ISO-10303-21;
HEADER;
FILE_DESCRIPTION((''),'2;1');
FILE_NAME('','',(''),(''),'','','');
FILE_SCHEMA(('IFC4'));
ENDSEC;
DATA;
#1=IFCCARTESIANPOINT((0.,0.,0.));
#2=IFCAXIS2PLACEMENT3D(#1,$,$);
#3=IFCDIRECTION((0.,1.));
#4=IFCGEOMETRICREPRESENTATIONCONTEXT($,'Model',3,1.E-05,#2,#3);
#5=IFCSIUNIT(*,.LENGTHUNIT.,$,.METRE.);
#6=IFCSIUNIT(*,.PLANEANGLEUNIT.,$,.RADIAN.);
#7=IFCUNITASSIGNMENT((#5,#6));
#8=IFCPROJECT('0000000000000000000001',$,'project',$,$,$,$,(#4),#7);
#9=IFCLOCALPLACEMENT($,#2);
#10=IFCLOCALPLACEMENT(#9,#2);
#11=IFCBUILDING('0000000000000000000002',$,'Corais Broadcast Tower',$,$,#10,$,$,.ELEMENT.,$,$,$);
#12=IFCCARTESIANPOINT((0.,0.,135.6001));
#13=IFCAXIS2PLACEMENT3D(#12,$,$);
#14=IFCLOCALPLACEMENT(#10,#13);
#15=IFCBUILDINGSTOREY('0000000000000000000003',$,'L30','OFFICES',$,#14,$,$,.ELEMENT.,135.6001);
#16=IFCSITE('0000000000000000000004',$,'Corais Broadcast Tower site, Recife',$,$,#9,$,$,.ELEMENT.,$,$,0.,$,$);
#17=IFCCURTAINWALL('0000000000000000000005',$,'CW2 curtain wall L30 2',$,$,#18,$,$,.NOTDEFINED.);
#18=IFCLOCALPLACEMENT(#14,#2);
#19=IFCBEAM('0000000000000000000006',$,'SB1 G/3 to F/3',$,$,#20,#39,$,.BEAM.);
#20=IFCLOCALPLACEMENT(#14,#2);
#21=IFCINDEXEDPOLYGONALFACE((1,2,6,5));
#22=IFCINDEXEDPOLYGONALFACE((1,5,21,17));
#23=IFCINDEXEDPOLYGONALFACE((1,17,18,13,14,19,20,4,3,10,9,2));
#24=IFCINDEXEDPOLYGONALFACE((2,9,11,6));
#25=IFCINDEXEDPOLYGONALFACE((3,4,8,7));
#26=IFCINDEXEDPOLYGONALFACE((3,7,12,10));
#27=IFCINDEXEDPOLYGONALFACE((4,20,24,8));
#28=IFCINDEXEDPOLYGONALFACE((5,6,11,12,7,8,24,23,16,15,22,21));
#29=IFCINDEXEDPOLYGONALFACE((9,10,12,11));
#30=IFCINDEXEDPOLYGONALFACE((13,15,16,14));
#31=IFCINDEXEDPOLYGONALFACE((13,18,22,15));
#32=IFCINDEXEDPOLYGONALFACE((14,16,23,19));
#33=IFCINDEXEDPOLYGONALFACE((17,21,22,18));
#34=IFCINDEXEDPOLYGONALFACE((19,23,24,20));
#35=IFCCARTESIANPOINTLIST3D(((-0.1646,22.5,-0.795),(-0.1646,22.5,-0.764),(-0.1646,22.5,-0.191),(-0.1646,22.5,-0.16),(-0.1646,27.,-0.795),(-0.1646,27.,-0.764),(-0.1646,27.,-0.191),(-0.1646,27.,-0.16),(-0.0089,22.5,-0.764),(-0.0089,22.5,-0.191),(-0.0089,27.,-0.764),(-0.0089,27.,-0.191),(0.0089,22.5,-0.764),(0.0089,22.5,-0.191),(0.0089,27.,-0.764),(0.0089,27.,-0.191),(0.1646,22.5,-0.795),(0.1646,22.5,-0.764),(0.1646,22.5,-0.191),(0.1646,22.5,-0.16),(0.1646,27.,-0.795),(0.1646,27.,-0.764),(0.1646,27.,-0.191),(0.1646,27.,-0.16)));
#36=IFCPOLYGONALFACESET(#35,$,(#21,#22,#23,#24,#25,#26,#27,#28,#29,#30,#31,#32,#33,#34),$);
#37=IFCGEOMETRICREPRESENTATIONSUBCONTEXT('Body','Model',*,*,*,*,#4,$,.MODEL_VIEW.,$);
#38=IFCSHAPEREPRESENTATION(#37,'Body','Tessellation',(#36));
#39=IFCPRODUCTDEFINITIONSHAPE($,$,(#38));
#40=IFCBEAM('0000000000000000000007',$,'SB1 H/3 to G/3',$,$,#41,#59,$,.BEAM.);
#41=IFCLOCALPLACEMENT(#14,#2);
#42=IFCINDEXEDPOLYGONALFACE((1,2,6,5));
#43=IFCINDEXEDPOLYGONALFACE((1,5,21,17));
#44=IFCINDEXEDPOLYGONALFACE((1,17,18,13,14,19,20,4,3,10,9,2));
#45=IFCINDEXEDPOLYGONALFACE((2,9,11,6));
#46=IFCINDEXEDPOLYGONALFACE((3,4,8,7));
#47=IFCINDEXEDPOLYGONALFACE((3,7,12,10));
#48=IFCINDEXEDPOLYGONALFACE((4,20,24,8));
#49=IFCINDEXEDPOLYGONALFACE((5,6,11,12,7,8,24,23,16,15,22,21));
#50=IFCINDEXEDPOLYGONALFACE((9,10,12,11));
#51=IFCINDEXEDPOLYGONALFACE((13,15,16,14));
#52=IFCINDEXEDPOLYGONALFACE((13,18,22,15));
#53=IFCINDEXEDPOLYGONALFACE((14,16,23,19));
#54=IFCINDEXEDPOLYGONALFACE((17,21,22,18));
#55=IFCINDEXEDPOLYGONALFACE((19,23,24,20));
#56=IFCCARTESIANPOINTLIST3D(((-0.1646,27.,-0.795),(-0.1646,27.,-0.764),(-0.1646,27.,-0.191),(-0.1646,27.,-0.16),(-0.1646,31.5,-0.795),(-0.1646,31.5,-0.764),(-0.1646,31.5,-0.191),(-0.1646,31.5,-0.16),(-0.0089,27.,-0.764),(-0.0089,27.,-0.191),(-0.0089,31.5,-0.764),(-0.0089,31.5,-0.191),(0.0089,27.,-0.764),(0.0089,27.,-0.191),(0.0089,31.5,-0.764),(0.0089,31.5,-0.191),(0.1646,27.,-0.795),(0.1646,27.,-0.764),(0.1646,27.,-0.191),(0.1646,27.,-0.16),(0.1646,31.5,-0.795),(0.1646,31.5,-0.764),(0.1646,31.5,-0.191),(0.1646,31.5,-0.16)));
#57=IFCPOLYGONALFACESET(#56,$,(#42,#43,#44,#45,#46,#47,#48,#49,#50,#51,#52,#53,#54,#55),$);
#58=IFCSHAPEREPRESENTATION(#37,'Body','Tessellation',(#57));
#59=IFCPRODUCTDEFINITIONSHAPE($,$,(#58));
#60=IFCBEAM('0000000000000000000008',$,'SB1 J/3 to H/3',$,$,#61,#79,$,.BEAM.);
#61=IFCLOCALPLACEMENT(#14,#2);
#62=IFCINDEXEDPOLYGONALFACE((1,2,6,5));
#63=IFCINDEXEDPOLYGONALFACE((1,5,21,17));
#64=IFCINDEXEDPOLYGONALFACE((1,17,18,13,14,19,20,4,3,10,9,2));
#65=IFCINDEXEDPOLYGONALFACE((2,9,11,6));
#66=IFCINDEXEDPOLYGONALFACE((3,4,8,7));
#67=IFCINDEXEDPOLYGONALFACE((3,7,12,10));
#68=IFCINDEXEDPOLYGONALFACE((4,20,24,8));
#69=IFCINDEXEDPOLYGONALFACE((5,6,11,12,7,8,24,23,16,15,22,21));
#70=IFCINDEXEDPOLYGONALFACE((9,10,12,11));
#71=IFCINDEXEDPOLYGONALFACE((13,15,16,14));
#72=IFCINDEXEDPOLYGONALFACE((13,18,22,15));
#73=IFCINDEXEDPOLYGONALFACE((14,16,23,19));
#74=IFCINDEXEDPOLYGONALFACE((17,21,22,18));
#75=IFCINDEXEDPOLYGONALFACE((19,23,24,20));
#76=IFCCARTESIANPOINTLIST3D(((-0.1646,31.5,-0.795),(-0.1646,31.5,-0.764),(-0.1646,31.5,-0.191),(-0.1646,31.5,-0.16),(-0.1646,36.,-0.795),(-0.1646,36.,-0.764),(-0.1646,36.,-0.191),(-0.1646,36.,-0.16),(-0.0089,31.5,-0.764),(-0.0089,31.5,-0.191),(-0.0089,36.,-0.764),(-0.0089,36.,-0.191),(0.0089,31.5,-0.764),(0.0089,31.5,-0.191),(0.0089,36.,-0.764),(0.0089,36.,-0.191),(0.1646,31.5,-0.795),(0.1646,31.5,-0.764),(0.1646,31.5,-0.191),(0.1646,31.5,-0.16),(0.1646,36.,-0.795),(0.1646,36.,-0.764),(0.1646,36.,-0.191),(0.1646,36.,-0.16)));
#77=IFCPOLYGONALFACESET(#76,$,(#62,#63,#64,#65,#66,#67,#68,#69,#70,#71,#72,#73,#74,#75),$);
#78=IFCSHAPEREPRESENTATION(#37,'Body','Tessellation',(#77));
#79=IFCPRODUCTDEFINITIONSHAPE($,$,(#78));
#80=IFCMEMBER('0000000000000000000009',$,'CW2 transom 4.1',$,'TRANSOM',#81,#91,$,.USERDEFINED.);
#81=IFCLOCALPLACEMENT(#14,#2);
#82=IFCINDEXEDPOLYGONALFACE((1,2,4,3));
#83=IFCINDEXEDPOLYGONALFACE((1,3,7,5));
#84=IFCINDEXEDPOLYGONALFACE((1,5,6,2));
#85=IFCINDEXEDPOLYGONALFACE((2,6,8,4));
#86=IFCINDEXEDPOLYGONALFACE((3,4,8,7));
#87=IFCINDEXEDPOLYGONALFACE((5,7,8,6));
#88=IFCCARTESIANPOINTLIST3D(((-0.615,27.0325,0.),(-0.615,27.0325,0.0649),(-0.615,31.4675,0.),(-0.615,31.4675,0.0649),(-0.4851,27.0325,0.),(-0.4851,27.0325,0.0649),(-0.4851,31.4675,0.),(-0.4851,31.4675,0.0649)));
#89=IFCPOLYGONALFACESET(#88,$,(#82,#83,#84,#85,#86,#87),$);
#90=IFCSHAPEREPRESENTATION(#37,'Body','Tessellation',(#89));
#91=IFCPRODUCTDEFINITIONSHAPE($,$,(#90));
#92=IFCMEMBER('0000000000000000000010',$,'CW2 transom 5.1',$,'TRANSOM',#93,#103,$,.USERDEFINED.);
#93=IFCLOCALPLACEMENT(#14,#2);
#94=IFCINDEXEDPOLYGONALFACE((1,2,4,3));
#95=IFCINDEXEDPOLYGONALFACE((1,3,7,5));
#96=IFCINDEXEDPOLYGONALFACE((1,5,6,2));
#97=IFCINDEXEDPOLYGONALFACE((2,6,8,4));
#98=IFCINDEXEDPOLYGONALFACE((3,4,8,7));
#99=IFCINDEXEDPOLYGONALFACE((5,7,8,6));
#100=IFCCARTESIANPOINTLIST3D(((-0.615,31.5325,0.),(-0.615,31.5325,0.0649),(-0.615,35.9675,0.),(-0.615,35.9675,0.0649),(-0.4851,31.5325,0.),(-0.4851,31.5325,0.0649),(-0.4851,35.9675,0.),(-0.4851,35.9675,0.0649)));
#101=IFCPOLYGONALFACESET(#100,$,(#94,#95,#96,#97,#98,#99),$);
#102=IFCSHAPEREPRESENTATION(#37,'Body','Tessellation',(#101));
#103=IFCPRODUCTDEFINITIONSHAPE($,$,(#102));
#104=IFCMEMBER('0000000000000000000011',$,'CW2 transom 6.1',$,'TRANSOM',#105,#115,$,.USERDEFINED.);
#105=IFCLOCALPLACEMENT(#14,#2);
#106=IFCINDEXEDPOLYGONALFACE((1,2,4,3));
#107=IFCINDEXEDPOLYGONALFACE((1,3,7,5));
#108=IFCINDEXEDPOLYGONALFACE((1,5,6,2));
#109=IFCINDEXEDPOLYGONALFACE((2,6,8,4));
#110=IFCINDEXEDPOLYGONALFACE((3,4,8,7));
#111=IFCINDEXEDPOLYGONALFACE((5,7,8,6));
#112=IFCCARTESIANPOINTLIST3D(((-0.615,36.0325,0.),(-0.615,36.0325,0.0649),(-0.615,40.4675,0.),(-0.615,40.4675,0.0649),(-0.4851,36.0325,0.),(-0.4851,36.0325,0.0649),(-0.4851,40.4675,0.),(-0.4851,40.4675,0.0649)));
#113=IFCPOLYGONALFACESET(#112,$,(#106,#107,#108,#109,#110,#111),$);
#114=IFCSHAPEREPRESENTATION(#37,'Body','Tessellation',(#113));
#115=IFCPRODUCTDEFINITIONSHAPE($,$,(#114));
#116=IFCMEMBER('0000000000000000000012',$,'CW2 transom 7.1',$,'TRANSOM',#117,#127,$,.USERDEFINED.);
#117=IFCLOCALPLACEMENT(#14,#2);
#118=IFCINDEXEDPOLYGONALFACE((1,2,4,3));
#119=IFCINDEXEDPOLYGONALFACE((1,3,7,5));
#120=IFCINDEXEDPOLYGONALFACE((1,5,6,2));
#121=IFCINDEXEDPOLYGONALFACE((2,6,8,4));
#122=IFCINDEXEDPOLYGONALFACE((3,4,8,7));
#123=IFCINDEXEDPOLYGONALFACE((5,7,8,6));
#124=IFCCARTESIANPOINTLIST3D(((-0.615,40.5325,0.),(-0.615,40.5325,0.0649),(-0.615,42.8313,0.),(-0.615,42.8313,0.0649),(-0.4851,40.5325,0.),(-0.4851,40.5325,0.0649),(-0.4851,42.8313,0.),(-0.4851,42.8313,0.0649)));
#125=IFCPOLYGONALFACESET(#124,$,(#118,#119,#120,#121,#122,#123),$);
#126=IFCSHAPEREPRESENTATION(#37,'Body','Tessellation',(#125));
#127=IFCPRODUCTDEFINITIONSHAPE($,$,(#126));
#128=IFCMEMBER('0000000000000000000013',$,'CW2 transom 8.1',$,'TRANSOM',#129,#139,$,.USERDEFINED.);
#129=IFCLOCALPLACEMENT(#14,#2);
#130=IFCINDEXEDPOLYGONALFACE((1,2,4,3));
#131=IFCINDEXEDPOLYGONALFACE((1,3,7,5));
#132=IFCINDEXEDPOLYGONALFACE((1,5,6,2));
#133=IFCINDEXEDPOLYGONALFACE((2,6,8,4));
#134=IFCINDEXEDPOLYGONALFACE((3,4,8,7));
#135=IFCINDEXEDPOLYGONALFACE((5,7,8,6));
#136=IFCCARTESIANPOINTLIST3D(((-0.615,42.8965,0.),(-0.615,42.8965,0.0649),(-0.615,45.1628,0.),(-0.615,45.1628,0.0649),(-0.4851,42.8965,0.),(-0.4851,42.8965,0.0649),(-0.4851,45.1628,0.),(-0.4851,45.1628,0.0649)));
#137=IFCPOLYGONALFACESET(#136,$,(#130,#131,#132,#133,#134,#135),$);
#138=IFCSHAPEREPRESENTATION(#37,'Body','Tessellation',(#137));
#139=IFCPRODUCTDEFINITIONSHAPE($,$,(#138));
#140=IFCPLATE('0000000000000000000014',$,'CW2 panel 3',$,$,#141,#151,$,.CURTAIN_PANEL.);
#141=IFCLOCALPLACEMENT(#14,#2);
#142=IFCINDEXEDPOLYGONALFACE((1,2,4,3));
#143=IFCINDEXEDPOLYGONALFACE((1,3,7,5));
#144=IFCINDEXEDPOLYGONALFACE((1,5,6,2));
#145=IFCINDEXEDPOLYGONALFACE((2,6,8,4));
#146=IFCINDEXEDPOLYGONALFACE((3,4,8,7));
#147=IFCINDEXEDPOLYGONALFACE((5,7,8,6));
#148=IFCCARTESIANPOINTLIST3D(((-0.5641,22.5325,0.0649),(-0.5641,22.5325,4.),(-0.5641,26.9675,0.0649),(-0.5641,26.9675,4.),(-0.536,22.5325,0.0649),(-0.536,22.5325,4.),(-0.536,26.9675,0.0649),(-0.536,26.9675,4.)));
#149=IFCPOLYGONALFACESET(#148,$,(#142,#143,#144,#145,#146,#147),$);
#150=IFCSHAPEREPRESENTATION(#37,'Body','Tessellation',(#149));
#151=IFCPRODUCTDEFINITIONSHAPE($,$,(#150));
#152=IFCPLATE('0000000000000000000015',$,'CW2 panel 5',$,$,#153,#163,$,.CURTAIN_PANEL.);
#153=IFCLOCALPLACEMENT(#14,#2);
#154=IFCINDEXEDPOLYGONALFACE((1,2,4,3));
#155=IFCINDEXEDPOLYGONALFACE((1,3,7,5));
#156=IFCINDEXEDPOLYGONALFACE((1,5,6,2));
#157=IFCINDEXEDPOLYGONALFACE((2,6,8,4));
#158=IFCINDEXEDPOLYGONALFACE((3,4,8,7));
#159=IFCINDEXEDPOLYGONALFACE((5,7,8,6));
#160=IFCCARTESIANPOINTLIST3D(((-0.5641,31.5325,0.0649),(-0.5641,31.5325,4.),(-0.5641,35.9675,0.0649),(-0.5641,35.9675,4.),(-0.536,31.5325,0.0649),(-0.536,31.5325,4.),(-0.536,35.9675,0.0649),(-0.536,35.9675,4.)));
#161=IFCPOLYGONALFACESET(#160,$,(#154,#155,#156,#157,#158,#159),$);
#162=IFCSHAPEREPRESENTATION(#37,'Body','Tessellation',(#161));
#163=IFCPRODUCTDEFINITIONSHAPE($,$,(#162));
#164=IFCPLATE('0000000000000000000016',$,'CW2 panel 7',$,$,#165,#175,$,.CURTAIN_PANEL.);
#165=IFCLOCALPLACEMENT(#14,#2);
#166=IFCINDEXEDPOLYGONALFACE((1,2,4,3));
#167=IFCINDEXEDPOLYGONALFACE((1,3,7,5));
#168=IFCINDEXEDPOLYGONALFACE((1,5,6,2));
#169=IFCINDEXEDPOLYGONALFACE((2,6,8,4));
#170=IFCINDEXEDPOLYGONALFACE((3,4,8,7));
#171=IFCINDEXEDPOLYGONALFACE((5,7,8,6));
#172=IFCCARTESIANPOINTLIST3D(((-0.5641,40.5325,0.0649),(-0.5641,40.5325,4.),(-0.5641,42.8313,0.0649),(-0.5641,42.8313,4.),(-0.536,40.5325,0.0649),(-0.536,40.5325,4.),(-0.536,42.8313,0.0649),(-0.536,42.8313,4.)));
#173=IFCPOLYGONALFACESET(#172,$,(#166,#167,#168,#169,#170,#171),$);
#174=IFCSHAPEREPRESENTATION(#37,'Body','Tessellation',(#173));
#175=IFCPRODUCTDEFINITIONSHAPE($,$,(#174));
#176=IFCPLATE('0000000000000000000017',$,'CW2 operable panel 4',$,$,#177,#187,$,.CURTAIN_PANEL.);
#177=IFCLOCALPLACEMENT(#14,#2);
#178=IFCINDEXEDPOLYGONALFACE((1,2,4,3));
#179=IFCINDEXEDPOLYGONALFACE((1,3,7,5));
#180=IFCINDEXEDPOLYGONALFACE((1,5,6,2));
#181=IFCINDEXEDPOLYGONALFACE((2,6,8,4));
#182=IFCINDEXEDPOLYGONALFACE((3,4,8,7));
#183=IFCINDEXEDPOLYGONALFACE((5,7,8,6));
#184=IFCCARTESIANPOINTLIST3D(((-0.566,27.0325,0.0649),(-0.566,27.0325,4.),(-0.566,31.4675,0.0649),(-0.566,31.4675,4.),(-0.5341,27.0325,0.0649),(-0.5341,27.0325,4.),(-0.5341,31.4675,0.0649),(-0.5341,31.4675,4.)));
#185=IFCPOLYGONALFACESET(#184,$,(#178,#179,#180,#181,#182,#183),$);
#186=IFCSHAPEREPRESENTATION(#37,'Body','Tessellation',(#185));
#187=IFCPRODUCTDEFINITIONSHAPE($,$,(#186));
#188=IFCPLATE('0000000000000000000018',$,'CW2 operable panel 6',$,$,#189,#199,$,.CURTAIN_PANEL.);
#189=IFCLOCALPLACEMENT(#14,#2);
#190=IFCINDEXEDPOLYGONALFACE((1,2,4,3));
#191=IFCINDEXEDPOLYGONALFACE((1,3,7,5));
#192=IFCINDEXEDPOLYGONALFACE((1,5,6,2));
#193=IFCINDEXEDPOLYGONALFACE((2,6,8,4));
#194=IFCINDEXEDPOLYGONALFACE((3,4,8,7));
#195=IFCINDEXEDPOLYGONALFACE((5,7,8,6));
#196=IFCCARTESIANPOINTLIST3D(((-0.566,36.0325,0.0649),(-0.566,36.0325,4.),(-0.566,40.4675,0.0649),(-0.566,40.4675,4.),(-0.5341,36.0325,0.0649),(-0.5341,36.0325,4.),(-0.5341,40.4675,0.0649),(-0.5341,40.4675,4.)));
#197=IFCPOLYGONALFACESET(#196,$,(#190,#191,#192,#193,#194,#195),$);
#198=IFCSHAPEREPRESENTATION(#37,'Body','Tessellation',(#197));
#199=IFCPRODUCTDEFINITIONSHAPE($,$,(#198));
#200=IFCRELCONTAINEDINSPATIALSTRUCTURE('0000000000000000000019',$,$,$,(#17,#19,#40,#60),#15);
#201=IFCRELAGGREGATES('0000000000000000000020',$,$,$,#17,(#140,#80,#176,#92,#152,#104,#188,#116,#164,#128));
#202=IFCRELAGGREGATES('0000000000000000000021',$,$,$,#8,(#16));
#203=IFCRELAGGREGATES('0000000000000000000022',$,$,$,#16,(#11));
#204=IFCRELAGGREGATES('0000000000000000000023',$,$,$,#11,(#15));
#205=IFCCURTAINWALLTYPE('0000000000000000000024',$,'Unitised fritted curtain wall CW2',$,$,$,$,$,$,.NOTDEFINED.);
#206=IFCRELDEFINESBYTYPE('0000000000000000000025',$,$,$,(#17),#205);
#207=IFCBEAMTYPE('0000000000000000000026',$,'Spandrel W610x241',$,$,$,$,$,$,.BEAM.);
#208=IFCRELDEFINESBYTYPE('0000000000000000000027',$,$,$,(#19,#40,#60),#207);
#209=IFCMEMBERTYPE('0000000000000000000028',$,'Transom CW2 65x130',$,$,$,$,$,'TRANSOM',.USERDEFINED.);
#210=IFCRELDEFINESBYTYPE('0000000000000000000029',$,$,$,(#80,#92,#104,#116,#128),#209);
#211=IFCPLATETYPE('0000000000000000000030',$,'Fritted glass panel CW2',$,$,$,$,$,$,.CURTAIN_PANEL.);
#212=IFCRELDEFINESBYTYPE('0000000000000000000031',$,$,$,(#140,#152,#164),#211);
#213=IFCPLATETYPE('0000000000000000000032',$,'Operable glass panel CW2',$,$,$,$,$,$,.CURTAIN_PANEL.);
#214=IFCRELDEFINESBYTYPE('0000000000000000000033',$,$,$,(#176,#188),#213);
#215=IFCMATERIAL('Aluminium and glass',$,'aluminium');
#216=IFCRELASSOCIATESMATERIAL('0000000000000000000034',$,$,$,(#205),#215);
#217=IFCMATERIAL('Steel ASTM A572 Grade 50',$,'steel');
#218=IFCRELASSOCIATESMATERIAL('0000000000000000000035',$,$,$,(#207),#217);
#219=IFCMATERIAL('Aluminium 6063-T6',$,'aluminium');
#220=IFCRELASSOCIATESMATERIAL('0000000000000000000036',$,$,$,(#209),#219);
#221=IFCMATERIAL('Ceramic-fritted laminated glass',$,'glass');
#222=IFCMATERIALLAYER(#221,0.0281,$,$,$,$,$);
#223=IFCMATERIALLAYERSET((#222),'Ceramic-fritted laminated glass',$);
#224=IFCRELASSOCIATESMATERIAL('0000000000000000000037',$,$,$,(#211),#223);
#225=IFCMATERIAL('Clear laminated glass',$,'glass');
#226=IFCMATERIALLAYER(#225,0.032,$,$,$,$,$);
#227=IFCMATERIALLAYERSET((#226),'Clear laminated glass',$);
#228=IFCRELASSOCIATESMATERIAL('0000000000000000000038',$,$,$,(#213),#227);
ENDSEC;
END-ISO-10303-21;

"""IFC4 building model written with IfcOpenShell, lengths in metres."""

from ifc_helpers import new_model, si_unit, direction, frame, origin, origin_2d, place, context, subcontext, project, spatial, rectangle, i_section, extrude, material, layer, layer_set, material_profile, profile_set, type_object, element, aggregate, save


model = new_model("IFC4")

# Units and contexts
model_context = context("Model", 3, precision=1e-05, world=origin(), true_north=direction((0.0, 1.0)))
body_context = subcontext(model_context, "Body", "Model", "MODEL_VIEW")
ifc_project = project(units=[si_unit("LENGTHUNIT", "METRE"), si_unit("PLANEANGLEUNIT", "RADIAN")], contexts=[model_context])

# Site, building, storey
site_placement = place(None, origin())
site = spatial("IfcSite", under=ifc_project, at=site_placement, Name="Corais Broadcast Tower site, Recife", CompositionType="ELEMENT", RefElevation=0.0)
building_placement = place(site_placement, origin())
building = spatial("IfcBuilding", under=site, at=building_placement, Name="Corais Broadcast Tower", CompositionType="ELEMENT")
storey_placement = place(building_placement, frame((0.0, 0.0, 135.6001)))
storey = spatial("IfcBuildingStorey", under=building, at=storey_placement, Name="L30", Description="OFFICES", CompositionType="ELEMENT", Elevation=135.6001)

# Curtain wall
ifc_material_1 = material(Name="Aluminium and glass", Category="aluminium")
curtain_wall_type = type_object("IfcCurtainWallType", Name="Unitised fritted curtain wall CW2", PredefinedType="NOTDEFINED", material=ifc_material_1)
curtain_wall_placement = place(storey_placement, origin())
curtain_wall = element("IfcCurtainWall", 1, at=curtain_wall_placement, inside=storey, type_object=curtain_wall_type, Name="CW2 curtain wall L30 2", PredefinedType="NOTDEFINED")

# Beams
ifc_material_2 = material(Name="Steel ASTM A572 Grade 50", Category="steel")
ifc_material_profile_1 = material_profile(ifc_material_2, i_section(OverallWidth=0.3291, OverallDepth=0.635, WebThickness=0.0178, FlangeThickness=0.031, at=origin_2d()), Name="W610x241")
ifc_profile_set_1 = profile_set([ifc_material_profile_1], Name="Steel ASTM A572 Grade 50")
beam_type_1 = type_object("IfcBeamType", Name="Spandrel W610x241", PredefinedType="BEAM", material=ifc_profile_set_1)
for number, where, z_axis, x_axis, name in (
    (2, (0.0, 27.0, -0.4775), (0.0, -1.0, 0.0), (1.0, 0.0, 0.0), "SB1 G/3 to F/3"),
    (3, (0.0, 31.5, -0.4775), (0.0, -1.0, 0.0), (1.0, 0.0, 0.0), "SB1 H/3 to G/3"),
    (4, (0.0, 36.0, -0.4775), (0.0, -1.0, 0.0), (1.0, 0.0, 0.0), "SB1 J/3 to H/3"),
):
    element("IfcBeam", number, at=place(storey_placement, frame(where, z_axis=z_axis, x_axis=x_axis)), inside=storey, type_object=beam_type_1, Name=name, PredefinedType="BEAM", context=body_context, shape_type="SweptSolid", body=[
        extrude(i_section(OverallWidth=0.3291, OverallDepth=0.635, WebThickness=0.0178, FlangeThickness=0.031, at=origin_2d()), origin(), (0.0, 0.0, 1.0), 4.5),
    ])

# Members
ifc_material_3 = material(Name="Aluminium 6063-T6", Category="aluminium")
ifc_material_profile_2 = material_profile(ifc_material_3, rectangle(XDim=0.1299, YDim=0.0649, at=origin_2d()), Name="Transom CW2 65x130")
ifc_profile_set_2 = profile_set([ifc_material_profile_2], Name="Aluminium 6063-T6")
member_type_1 = type_object("IfcMemberType", Name="Transom CW2 65x130", ElementType="TRANSOM", PredefinedType="USERDEFINED", material=ifc_profile_set_2)
member_1_placement = place(storey_placement, frame((-0.55, 27.0325, 0.0325), z_axis=(0.0, 1.0, 0.0), x_axis=(-1.0, 0.0, 0.0)))
member_1 = element("IfcMember", 5, at=member_1_placement, type_object=member_type_1, Name="CW2 transom 4.1", ObjectType="TRANSOM", PredefinedType="USERDEFINED", context=body_context, shape_type="SweptSolid", body=[
    extrude(rectangle(XDim=0.1299, YDim=0.0649, at=origin_2d()), origin(), (0.0, 0.0, 1.0), 4.4351),
])
member_2_placement = place(storey_placement, frame((-0.55, 31.5325, 0.0325), z_axis=(0.0, 1.0, 0.0), x_axis=(-1.0, 0.0, 0.0)))
member_2 = element("IfcMember", 6, at=member_2_placement, type_object=member_type_1, Name="CW2 transom 5.1", ObjectType="TRANSOM", PredefinedType="USERDEFINED", context=body_context, shape_type="SweptSolid", body=[
    extrude(rectangle(XDim=0.1299, YDim=0.0649, at=origin_2d()), origin(), (0.0, 0.0, 1.0), 4.4351),
])
member_3_placement = place(storey_placement, frame((-0.55, 36.0325, 0.0325), z_axis=(0.0, 1.0, 0.0), x_axis=(-1.0, 0.0, 0.0)))
member_3 = element("IfcMember", 7, at=member_3_placement, type_object=member_type_1, Name="CW2 transom 6.1", ObjectType="TRANSOM", PredefinedType="USERDEFINED", context=body_context, shape_type="SweptSolid", body=[
    extrude(rectangle(XDim=0.1299, YDim=0.0649, at=origin_2d()), origin(), (0.0, 0.0, 1.0), 4.4351),
])
member_4_placement = place(storey_placement, frame((-0.55, 40.5325, 0.0325), z_axis=(0.0, 1.0, 0.0), x_axis=(-1.0, 0.0, 0.0)))
member_4 = element("IfcMember", 8, at=member_4_placement, type_object=member_type_1, Name="CW2 transom 7.1", ObjectType="TRANSOM", PredefinedType="USERDEFINED", context=body_context, shape_type="SweptSolid", body=[
    extrude(rectangle(XDim=0.1299, YDim=0.0649, at=origin_2d()), origin(), (0.0, 0.0, 1.0), 2.2988),
])
member_5_placement = place(storey_placement, frame((-0.55, 42.8965, 0.0325), z_axis=(0.0, 1.0, 0.0), x_axis=(-1.0, 0.0, 0.0)))
member_5 = element("IfcMember", 9, at=member_5_placement, type_object=member_type_1, Name="CW2 transom 8.1", ObjectType="TRANSOM", PredefinedType="USERDEFINED", context=body_context, shape_type="SweptSolid", body=[
    extrude(rectangle(XDim=0.1299, YDim=0.0649, at=origin_2d()), origin(), (0.0, 0.0, 1.0), 2.2664),
])

# Plates
ifc_material_4 = material(Name="Ceramic-fritted laminated glass", Category="glass")
ifc_layer_1 = layer(ifc_material_4, 0.0281)
ifc_layer_set_1 = layer_set([ifc_layer_1], Name="Ceramic-fritted laminated glass")
plate_type_1 = type_object("IfcPlateType", Name="Fritted glass panel CW2", PredefinedType="CURTAIN_PANEL", material=ifc_layer_set_1)
plate_1_placement = place(storey_placement, frame((-0.55, 24.75, 0.0649), z_axis=(0.0, 0.0, 1.0), x_axis=(0.0, 1.0, 0.0)))
plate_1 = element("IfcPlate", 10, at=plate_1_placement, type_object=plate_type_1, Name="CW2 panel 3", PredefinedType="CURTAIN_PANEL", context=body_context, shape_type="SweptSolid", body=[
    extrude(rectangle(XDim=4.4351, YDim=0.0281, at=origin_2d()), origin(), (0.0, 0.0, 1.0), 3.9351),
])
plate_2_placement = place(storey_placement, frame((-0.55, 33.75, 0.0649), z_axis=(0.0, 0.0, 1.0), x_axis=(0.0, 1.0, 0.0)))
plate_2 = element("IfcPlate", 11, at=plate_2_placement, type_object=plate_type_1, Name="CW2 panel 5", PredefinedType="CURTAIN_PANEL", context=body_context, shape_type="SweptSolid", body=[
    extrude(rectangle(XDim=4.4351, YDim=0.0281, at=origin_2d()), origin(), (0.0, 0.0, 1.0), 3.9351),
])
plate_3_placement = place(storey_placement, frame((-0.55, 41.6819, 0.0649), z_axis=(0.0, 0.0, 1.0), x_axis=(0.0, 1.0, 0.0)))
plate_3 = element("IfcPlate", 12, at=plate_3_placement, type_object=plate_type_1, Name="CW2 panel 7", PredefinedType="CURTAIN_PANEL", context=body_context, shape_type="SweptSolid", body=[
    extrude(rectangle(XDim=2.2988, YDim=0.0281, at=origin_2d()), origin(), (0.0, 0.0, 1.0), 3.9351),
])
ifc_material_5 = material(Name="Clear laminated glass", Category="glass")
ifc_layer_2 = layer(ifc_material_5, 0.032)
ifc_layer_set_2 = layer_set([ifc_layer_2], Name="Clear laminated glass")
plate_type_2 = type_object("IfcPlateType", Name="Operable glass panel CW2", PredefinedType="CURTAIN_PANEL", material=ifc_layer_set_2)
plate_4_placement = place(storey_placement, frame((-0.55, 29.25, 0.0649), z_axis=(0.0, 0.0, 1.0), x_axis=(0.0, 1.0, 0.0)))
plate_4 = element("IfcPlate", 13, at=plate_4_placement, type_object=plate_type_2, Name="CW2 operable panel 4", PredefinedType="CURTAIN_PANEL", context=body_context, shape_type="SweptSolid", body=[
    extrude(rectangle(XDim=4.4351, YDim=0.032, at=origin_2d()), origin(), (0.0, 0.0, 1.0), 3.9351),
])
plate_5_placement = place(storey_placement, frame((-0.55, 38.25, 0.0649), z_axis=(0.0, 0.0, 1.0), x_axis=(0.0, 1.0, 0.0)))
plate_5 = element("IfcPlate", 14, at=plate_5_placement, type_object=plate_type_2, Name="CW2 operable panel 6", PredefinedType="CURTAIN_PANEL", context=body_context, shape_type="SweptSolid", body=[
    extrude(rectangle(XDim=4.4351, YDim=0.032, at=origin_2d()), origin(), (0.0, 0.0, 1.0), 3.9351),
])
aggregate(curtain_wall, [plate_1, member_1, plate_4, member_2, plate_2, member_3, plate_5, member_4, plate_3, member_5])

save(model, "model.ifc")
